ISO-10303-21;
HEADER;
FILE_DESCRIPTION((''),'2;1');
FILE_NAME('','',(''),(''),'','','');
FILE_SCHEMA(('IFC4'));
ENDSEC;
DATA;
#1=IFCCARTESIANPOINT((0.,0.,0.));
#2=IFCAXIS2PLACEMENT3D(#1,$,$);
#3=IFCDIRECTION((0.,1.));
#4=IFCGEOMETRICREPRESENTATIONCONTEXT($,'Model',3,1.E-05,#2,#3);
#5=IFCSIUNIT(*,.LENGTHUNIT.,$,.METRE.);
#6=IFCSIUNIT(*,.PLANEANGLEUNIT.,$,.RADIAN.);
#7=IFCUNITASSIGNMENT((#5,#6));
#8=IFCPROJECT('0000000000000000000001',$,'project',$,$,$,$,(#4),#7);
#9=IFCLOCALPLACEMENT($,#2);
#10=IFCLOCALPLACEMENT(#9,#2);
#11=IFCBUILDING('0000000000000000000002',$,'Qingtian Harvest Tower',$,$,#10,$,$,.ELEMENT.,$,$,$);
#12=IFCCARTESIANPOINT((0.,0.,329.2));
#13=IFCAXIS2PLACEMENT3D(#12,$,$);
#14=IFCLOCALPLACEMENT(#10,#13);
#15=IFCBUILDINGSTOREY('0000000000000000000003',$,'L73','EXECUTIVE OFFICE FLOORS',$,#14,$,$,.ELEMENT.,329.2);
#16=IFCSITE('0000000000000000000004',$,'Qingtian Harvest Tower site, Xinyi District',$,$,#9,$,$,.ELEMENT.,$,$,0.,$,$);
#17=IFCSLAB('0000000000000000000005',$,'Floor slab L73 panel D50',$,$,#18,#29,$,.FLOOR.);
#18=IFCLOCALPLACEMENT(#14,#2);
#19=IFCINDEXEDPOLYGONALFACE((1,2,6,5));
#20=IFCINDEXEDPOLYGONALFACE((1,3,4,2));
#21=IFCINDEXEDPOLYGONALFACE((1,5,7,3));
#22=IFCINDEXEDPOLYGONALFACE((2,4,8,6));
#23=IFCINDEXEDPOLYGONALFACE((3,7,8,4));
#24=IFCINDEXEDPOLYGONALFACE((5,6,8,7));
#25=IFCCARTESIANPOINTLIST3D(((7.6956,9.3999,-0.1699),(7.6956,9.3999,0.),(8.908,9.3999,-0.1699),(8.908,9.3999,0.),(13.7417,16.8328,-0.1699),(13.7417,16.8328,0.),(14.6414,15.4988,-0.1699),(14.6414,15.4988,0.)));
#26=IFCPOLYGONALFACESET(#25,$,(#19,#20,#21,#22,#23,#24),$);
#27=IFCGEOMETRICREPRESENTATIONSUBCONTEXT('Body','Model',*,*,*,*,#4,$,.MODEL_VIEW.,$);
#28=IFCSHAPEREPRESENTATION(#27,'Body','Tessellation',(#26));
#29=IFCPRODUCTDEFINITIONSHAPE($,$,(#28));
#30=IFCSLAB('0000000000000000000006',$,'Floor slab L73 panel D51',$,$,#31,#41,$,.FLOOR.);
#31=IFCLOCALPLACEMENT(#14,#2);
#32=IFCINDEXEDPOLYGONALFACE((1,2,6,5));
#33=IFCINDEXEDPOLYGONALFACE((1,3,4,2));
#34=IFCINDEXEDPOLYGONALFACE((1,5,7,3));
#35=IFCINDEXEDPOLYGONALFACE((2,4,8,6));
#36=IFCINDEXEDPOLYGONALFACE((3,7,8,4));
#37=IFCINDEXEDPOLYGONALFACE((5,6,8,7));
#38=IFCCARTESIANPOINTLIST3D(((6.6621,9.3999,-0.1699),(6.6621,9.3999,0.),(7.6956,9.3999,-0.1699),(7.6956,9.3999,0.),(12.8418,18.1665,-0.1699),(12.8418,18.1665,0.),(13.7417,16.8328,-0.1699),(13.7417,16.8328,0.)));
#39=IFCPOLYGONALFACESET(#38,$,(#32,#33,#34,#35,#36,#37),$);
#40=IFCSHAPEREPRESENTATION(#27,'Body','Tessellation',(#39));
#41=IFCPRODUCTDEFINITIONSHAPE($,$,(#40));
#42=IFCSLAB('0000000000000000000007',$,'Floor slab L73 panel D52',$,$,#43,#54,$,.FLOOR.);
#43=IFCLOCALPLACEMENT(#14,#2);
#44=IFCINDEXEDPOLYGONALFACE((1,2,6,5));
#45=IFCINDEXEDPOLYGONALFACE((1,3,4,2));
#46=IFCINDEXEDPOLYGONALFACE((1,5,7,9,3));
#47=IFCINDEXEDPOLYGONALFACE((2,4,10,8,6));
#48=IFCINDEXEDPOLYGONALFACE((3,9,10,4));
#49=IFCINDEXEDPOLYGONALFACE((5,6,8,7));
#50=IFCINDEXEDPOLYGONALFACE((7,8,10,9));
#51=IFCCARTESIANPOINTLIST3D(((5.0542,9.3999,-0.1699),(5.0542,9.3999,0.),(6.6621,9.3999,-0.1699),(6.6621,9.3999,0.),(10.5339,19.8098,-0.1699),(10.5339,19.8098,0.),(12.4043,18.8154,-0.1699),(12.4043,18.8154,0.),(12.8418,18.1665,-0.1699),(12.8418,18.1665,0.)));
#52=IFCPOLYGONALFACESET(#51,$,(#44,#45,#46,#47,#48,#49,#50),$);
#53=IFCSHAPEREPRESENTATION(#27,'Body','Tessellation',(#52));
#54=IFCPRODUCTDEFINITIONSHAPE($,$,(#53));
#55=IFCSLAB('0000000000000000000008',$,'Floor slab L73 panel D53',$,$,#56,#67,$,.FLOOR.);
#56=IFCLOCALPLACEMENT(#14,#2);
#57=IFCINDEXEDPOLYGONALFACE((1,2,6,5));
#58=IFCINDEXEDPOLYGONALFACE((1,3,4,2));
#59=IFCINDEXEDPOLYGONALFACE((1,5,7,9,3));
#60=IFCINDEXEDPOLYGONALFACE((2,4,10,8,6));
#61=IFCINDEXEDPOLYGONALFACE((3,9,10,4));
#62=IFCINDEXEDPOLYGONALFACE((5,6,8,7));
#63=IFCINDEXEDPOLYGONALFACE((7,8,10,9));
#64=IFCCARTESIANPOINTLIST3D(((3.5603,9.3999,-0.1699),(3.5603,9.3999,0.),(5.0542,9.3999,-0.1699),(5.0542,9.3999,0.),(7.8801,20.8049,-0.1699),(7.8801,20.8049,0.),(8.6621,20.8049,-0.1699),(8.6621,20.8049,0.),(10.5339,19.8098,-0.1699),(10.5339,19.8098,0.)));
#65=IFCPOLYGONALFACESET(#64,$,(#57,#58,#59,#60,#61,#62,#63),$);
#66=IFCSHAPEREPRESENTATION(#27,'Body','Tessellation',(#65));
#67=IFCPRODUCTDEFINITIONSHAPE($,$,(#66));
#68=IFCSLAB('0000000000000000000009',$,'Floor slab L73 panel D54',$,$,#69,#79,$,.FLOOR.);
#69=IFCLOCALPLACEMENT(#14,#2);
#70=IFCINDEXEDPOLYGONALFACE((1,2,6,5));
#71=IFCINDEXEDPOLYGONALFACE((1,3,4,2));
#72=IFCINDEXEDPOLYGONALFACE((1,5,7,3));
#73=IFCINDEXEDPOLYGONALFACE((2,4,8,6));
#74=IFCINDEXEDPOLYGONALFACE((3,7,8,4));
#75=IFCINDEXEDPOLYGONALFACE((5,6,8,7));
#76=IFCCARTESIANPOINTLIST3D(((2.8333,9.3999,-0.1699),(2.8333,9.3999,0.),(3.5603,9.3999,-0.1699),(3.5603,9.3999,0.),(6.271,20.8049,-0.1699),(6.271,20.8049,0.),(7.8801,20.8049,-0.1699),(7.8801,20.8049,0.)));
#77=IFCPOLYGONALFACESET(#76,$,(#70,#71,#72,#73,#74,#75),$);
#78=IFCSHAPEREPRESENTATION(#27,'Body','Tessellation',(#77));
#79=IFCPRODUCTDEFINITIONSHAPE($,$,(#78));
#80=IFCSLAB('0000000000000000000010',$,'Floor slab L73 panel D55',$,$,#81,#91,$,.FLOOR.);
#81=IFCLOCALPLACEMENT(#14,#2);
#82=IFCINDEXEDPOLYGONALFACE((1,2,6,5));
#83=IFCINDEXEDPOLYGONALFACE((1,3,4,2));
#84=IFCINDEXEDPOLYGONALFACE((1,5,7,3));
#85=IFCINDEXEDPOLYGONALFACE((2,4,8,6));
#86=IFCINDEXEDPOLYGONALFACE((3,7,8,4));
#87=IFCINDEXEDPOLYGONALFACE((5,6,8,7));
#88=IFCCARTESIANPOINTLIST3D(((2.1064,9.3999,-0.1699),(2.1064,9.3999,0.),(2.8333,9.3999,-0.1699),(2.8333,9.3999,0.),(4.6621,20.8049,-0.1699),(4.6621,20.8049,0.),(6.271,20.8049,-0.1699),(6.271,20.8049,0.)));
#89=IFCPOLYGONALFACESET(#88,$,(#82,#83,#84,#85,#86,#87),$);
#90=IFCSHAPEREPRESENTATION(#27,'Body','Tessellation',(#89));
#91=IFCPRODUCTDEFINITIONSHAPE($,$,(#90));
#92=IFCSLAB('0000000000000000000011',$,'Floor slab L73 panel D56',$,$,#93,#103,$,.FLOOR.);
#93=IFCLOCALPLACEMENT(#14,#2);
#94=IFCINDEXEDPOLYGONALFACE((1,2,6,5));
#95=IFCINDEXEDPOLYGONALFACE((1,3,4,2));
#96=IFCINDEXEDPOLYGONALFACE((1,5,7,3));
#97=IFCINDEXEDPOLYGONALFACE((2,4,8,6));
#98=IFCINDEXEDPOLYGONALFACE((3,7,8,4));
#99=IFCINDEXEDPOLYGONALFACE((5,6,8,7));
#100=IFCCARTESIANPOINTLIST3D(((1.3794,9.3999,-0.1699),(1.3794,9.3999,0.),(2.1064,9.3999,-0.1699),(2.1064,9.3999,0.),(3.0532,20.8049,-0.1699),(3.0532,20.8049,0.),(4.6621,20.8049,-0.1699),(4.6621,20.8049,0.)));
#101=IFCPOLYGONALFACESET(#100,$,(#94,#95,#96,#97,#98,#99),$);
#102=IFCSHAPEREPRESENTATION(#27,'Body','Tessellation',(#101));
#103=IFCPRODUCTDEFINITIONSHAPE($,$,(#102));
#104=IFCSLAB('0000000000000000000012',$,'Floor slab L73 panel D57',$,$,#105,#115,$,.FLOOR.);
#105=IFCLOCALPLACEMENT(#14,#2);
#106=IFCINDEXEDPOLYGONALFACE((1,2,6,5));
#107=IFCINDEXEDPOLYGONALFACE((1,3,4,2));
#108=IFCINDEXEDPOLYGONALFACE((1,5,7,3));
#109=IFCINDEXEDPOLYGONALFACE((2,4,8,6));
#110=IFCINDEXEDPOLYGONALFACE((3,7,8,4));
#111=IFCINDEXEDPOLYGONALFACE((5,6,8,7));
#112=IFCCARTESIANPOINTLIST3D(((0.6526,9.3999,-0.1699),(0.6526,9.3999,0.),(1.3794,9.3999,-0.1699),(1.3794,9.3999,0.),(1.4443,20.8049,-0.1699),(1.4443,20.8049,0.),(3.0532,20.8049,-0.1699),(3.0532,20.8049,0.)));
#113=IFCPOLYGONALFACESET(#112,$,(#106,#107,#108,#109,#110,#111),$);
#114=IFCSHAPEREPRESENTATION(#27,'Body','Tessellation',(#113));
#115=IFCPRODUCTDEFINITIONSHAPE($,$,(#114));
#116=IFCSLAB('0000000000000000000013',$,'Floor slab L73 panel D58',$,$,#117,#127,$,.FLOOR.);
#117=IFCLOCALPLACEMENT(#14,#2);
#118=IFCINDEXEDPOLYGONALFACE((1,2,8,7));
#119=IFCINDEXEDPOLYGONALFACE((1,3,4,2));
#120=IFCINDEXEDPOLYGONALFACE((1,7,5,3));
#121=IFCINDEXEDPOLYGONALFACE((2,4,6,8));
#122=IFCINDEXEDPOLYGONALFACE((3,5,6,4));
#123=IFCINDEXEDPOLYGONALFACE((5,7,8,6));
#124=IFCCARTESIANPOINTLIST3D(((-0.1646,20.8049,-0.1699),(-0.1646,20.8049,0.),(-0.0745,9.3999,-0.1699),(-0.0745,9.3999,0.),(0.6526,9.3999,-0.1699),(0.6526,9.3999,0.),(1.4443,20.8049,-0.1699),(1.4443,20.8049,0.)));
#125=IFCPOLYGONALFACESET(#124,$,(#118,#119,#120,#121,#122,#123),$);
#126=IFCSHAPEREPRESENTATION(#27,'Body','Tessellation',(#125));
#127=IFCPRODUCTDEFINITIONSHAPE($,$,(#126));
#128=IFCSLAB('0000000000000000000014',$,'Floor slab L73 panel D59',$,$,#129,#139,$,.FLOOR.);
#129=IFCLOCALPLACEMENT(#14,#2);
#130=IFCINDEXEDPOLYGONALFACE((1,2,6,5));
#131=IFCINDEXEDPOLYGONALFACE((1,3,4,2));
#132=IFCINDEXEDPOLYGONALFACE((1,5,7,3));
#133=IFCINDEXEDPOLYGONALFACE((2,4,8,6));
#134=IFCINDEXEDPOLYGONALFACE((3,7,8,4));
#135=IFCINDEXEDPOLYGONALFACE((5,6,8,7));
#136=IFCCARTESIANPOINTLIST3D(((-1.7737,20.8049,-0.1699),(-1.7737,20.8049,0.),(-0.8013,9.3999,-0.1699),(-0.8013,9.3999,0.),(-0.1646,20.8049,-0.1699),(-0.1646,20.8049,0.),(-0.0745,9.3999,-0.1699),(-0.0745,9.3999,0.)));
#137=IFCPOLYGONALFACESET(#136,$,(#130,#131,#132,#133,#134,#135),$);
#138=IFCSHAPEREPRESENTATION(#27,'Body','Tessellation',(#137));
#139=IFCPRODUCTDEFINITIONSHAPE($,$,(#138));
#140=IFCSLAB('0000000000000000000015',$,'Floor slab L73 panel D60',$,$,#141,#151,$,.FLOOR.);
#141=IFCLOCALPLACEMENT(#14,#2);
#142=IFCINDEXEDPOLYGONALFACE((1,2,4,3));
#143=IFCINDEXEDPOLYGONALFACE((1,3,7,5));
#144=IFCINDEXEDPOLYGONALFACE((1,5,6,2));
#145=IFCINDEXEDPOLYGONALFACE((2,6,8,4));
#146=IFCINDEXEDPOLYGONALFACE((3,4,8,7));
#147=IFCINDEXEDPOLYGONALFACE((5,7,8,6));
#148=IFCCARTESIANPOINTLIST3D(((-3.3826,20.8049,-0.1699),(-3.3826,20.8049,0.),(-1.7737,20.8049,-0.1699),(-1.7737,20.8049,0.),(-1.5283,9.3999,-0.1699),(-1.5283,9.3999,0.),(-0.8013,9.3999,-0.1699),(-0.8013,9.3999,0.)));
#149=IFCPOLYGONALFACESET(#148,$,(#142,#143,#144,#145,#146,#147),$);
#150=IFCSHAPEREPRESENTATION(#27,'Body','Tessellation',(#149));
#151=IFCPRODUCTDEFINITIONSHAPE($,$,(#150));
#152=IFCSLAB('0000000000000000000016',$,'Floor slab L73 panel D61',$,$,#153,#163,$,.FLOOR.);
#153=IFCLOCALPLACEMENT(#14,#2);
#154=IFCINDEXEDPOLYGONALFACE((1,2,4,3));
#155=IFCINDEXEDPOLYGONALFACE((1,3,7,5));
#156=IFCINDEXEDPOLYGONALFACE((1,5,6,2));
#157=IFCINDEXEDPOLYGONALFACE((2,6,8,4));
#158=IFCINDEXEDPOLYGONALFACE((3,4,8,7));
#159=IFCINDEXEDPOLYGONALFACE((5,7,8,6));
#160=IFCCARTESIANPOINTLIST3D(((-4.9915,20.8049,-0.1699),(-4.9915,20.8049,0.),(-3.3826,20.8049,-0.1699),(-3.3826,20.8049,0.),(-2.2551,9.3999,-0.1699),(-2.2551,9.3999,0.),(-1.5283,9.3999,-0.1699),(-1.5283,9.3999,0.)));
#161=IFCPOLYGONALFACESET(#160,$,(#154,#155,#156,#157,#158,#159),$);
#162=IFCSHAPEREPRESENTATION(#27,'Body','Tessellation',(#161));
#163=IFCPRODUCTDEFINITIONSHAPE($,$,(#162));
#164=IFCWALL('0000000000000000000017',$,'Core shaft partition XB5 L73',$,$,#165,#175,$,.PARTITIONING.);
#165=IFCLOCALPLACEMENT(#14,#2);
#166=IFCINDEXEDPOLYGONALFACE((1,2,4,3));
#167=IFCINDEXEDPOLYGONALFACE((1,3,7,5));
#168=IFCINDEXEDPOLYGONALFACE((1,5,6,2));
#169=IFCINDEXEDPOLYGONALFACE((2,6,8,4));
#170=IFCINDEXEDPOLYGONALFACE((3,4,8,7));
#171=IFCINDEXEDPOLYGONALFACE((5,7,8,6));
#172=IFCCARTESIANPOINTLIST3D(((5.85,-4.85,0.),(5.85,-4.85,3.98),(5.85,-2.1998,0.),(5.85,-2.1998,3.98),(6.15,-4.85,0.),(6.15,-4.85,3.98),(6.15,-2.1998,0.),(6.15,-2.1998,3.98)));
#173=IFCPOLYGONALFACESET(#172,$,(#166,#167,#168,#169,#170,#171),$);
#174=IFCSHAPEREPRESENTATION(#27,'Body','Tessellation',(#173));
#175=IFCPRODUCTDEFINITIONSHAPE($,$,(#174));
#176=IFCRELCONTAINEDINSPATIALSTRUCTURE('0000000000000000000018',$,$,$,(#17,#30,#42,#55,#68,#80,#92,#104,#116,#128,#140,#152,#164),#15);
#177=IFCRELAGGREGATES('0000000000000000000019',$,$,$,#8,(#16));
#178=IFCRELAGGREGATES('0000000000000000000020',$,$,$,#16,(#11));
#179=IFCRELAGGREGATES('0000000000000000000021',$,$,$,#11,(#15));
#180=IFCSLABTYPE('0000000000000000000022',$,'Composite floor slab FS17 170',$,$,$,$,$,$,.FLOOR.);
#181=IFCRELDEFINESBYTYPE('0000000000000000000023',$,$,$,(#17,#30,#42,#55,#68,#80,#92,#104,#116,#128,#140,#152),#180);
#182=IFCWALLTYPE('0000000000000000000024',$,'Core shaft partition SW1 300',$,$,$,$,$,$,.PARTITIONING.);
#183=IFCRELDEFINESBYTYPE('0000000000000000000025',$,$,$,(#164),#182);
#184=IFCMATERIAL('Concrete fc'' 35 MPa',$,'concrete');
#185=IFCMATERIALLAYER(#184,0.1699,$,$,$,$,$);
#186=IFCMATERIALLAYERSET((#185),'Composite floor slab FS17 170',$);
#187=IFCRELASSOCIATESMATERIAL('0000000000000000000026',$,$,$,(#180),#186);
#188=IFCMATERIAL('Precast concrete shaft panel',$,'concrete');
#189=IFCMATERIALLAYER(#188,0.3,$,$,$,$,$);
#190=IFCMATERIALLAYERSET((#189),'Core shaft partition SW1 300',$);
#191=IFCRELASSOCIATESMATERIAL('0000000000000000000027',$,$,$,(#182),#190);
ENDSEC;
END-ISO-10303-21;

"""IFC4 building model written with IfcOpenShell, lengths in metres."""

from ifc_helpers import new_model, si_unit, direction, frame, frame_2d, origin, place, context, subcontext, project, spatial, polyline, rectangle, outline, extrude, material, layer, layer_set, type_object, element, save


model = new_model("IFC4")

# Units and contexts
model_context = context("Model", 3, precision=1e-05, world=origin(), true_north=direction((0.0, 1.0)))
body_context = subcontext(model_context, "Body", "Model", "MODEL_VIEW")
ifc_project = project(units=[si_unit("LENGTHUNIT", "METRE"), si_unit("PLANEANGLEUNIT", "RADIAN")], contexts=[model_context])

# Site, building, storey
site_placement = place(None, origin())
site = spatial("IfcSite", under=ifc_project, at=site_placement, Name="Qingtian Harvest Tower site, Xinyi District", CompositionType="ELEMENT", RefElevation=0.0)
building_placement = place(site_placement, origin())
building = spatial("IfcBuilding", under=site, at=building_placement, Name="Qingtian Harvest Tower", CompositionType="ELEMENT")
storey_placement = place(building_placement, frame((0.0, 0.0, 329.2)))
storey = spatial("IfcBuildingStorey", under=building, at=storey_placement, Name="L73", Description="EXECUTIVE OFFICE FLOORS", CompositionType="ELEMENT", Elevation=329.2)

# Slabs
ifc_material_1 = material(Name="Concrete fc' 35 MPa", Category="concrete")
ifc_layer_1 = layer(ifc_material_1, 0.1699)
ifc_layer_set_1 = layer_set([ifc_layer_1], Name="Composite floor slab FS17 170")
slab_type = type_object("IfcSlabType", Name="Composite floor slab FS17 170", PredefinedType="FLOOR", material=ifc_layer_set_1)
slab_1_placement = place(storey_placement, frame((0.0, 0.0, -0.1699)))
element("IfcSlab", 1, at=slab_1_placement, inside=storey, type_object=slab_type, Name="Floor slab L73 panel D50", PredefinedType="FLOOR", context=body_context, shape_type="SweptSolid", body=[
    extrude(outline(polyline([(7.6956, 9.3999), (13.7417, 16.8328), (14.6414, 15.4988), (8.908, 9.3999), (7.6956, 9.3999)])), origin(), (0.0, 0.0, 1.0), 0.1699),
])
slab_2_placement = place(storey_placement, frame((0.0, 0.0, -0.1699)))
element("IfcSlab", 2, at=slab_2_placement, inside=storey, type_object=slab_type, Name="Floor slab L73 panel D51", PredefinedType="FLOOR", context=body_context, shape_type="SweptSolid", body=[
    extrude(outline(polyline([(6.6621, 9.3999), (12.8418, 18.1665), (13.7417, 16.8328), (7.6956, 9.3999), (6.6621, 9.3999)])), origin(), (0.0, 0.0, 1.0), 0.1699),
])
slab_3_placement = place(storey_placement, frame((0.0, 0.0, -0.1699)))
element("IfcSlab", 3, at=slab_3_placement, inside=storey, type_object=slab_type, Name="Floor slab L73 panel D52", PredefinedType="FLOOR", context=body_context, shape_type="SweptSolid", body=[
    extrude(outline(polyline([(5.0542, 9.3999), (10.5339, 19.8098), (12.4043, 18.8154), (12.8418, 18.1665), (6.6621, 9.3999), (5.0542, 9.3999)])), origin(), (0.0, 0.0, 1.0), 0.1699),
])
slab_4_placement = place(storey_placement, frame((0.0, 0.0, -0.1699)))
element("IfcSlab", 4, at=slab_4_placement, inside=storey, type_object=slab_type, Name="Floor slab L73 panel D53", PredefinedType="FLOOR", context=body_context, shape_type="SweptSolid", body=[
    extrude(outline(polyline([(5.0542, 9.3999), (3.5603, 9.3999), (7.8801, 20.8049), (8.6621, 20.8049), (10.5339, 19.8098), (5.0542, 9.3999)])), origin(), (0.0, 0.0, 1.0), 0.1699),
])
slab_5_placement = place(storey_placement, frame((0.0, 0.0, -0.1699)))
element("IfcSlab", 5, at=slab_5_placement, inside=storey, type_object=slab_type, Name="Floor slab L73 panel D54", PredefinedType="FLOOR", context=body_context, shape_type="SweptSolid", body=[
    extrude(outline(polyline([(2.8333, 9.3999), (6.271, 20.8049), (7.8801, 20.8049), (3.5603, 9.3999), (2.8333, 9.3999)])), origin(), (0.0, 0.0, 1.0), 0.1699),
])
slab_6_placement = place(storey_placement, frame((0.0, 0.0, -0.1699)))
element("IfcSlab", 6, at=slab_6_placement, inside=storey, type_object=slab_type, Name="Floor slab L73 panel D55", PredefinedType="FLOOR", context=body_context, shape_type="SweptSolid", body=[
    extrude(outline(polyline([(2.1064, 9.3999), (4.6621, 20.8049), (6.271, 20.8049), (2.8333, 9.3999), (2.1064, 9.3999)])), origin(), (0.0, 0.0, 1.0), 0.1699),
])
slab_7_placement = place(storey_placement, frame((0.0, 0.0, -0.1699)))
element("IfcSlab", 7, at=slab_7_placement, inside=storey, type_object=slab_type, Name="Floor slab L73 panel D56", PredefinedType="FLOOR", context=body_context, shape_type="SweptSolid", body=[
    extrude(outline(polyline([(1.3794, 9.3999), (3.0532, 20.8049), (4.6621, 20.8049), (2.1064, 9.3999), (1.3794, 9.3999)])), origin(), (0.0, 0.0, 1.0), 0.1699),
])
slab_8_placement = place(storey_placement, frame((0.0, 0.0, -0.1699)))
element("IfcSlab", 8, at=slab_8_placement, inside=storey, type_object=slab_type, Name="Floor slab L73 panel D57", PredefinedType="FLOOR", context=body_context, shape_type="SweptSolid", body=[
    extrude(outline(polyline([(0.6526, 9.3999), (1.4443, 20.8049), (3.0532, 20.8049), (1.3794, 9.3999), (0.6526, 9.3999)])), origin(), (0.0, 0.0, 1.0), 0.1699),
])
slab_9_placement = place(storey_placement, frame((0.0, 0.0, -0.1699)))
element("IfcSlab", 9, at=slab_9_placement, inside=storey, type_object=slab_type, Name="Floor slab L73 panel D58", PredefinedType="FLOOR", context=body_context, shape_type="SweptSolid", body=[
    extrude(outline(polyline([(-0.0745, 9.3999), (-0.1646, 20.8049), (1.4443, 20.8049), (0.6526, 9.3999), (-0.0745, 9.3999)])), origin(), (0.0, 0.0, 1.0), 0.1699),
])
slab_10_placement = place(storey_placement, frame((0.0, 0.0, -0.1699)))
element("IfcSlab", 10, at=slab_10_placement, inside=storey, type_object=slab_type, Name="Floor slab L73 panel D59", PredefinedType="FLOOR", context=body_context, shape_type="SweptSolid", body=[
    extrude(outline(polyline([(-0.8013, 9.3999), (-1.7737, 20.8049), (-0.1646, 20.8049), (-0.0745, 9.3999), (-0.8013, 9.3999)])), origin(), (0.0, 0.0, 1.0), 0.1699),
])
slab_11_placement = place(storey_placement, frame((0.0, 0.0, -0.1699)))
element("IfcSlab", 11, at=slab_11_placement, inside=storey, type_object=slab_type, Name="Floor slab L73 panel D60", PredefinedType="FLOOR", context=body_context, shape_type="SweptSolid", body=[
    extrude(outline(polyline([(-1.5283, 9.3999), (-3.3826, 20.8049), (-1.7737, 20.8049), (-0.8013, 9.3999), (-1.5283, 9.3999)])), origin(), (0.0, 0.0, 1.0), 0.1699),
])
slab_12_placement = place(storey_placement, frame((0.0, 0.0, -0.1699)))
element("IfcSlab", 12, at=slab_12_placement, inside=storey, type_object=slab_type, Name="Floor slab L73 panel D61", PredefinedType="FLOOR", context=body_context, shape_type="SweptSolid", body=[
    extrude(outline(polyline([(-2.2551, 9.3999), (-4.9915, 20.8049), (-3.3826, 20.8049), (-1.5283, 9.3999), (-2.2551, 9.3999)])), origin(), (0.0, 0.0, 1.0), 0.1699),
])

# Wall
ifc_material_2 = material(Name="Precast concrete shaft panel", Category="concrete")
ifc_layer_2 = layer(ifc_material_2, 0.3)
ifc_layer_set_2 = layer_set([ifc_layer_2], Name="Core shaft partition SW1 300")
wall_type_1 = type_object("IfcWallType", Name="Core shaft partition SW1 300", PredefinedType="PARTITIONING", material=ifc_layer_set_2)
wall_1_placement = place(storey_placement, frame((6.0, -4.8501, 0.0), z_axis=(0.0, 0.0, 1.0), x_axis=(0.0, 1.0, 0.0)))
element("IfcWall", 13, at=wall_1_placement, inside=storey, type_object=wall_type_1, Name="Core shaft partition XB5 L73", PredefinedType="PARTITIONING", context=body_context, shape_type="SweptSolid", body=[
    extrude(rectangle(XDim=2.6501, YDim=0.3, at=frame_2d((1.3252, 0.0))), origin(), (0.0, 0.0, 1.0), 3.98),
])

save(model, "model.ifc")
